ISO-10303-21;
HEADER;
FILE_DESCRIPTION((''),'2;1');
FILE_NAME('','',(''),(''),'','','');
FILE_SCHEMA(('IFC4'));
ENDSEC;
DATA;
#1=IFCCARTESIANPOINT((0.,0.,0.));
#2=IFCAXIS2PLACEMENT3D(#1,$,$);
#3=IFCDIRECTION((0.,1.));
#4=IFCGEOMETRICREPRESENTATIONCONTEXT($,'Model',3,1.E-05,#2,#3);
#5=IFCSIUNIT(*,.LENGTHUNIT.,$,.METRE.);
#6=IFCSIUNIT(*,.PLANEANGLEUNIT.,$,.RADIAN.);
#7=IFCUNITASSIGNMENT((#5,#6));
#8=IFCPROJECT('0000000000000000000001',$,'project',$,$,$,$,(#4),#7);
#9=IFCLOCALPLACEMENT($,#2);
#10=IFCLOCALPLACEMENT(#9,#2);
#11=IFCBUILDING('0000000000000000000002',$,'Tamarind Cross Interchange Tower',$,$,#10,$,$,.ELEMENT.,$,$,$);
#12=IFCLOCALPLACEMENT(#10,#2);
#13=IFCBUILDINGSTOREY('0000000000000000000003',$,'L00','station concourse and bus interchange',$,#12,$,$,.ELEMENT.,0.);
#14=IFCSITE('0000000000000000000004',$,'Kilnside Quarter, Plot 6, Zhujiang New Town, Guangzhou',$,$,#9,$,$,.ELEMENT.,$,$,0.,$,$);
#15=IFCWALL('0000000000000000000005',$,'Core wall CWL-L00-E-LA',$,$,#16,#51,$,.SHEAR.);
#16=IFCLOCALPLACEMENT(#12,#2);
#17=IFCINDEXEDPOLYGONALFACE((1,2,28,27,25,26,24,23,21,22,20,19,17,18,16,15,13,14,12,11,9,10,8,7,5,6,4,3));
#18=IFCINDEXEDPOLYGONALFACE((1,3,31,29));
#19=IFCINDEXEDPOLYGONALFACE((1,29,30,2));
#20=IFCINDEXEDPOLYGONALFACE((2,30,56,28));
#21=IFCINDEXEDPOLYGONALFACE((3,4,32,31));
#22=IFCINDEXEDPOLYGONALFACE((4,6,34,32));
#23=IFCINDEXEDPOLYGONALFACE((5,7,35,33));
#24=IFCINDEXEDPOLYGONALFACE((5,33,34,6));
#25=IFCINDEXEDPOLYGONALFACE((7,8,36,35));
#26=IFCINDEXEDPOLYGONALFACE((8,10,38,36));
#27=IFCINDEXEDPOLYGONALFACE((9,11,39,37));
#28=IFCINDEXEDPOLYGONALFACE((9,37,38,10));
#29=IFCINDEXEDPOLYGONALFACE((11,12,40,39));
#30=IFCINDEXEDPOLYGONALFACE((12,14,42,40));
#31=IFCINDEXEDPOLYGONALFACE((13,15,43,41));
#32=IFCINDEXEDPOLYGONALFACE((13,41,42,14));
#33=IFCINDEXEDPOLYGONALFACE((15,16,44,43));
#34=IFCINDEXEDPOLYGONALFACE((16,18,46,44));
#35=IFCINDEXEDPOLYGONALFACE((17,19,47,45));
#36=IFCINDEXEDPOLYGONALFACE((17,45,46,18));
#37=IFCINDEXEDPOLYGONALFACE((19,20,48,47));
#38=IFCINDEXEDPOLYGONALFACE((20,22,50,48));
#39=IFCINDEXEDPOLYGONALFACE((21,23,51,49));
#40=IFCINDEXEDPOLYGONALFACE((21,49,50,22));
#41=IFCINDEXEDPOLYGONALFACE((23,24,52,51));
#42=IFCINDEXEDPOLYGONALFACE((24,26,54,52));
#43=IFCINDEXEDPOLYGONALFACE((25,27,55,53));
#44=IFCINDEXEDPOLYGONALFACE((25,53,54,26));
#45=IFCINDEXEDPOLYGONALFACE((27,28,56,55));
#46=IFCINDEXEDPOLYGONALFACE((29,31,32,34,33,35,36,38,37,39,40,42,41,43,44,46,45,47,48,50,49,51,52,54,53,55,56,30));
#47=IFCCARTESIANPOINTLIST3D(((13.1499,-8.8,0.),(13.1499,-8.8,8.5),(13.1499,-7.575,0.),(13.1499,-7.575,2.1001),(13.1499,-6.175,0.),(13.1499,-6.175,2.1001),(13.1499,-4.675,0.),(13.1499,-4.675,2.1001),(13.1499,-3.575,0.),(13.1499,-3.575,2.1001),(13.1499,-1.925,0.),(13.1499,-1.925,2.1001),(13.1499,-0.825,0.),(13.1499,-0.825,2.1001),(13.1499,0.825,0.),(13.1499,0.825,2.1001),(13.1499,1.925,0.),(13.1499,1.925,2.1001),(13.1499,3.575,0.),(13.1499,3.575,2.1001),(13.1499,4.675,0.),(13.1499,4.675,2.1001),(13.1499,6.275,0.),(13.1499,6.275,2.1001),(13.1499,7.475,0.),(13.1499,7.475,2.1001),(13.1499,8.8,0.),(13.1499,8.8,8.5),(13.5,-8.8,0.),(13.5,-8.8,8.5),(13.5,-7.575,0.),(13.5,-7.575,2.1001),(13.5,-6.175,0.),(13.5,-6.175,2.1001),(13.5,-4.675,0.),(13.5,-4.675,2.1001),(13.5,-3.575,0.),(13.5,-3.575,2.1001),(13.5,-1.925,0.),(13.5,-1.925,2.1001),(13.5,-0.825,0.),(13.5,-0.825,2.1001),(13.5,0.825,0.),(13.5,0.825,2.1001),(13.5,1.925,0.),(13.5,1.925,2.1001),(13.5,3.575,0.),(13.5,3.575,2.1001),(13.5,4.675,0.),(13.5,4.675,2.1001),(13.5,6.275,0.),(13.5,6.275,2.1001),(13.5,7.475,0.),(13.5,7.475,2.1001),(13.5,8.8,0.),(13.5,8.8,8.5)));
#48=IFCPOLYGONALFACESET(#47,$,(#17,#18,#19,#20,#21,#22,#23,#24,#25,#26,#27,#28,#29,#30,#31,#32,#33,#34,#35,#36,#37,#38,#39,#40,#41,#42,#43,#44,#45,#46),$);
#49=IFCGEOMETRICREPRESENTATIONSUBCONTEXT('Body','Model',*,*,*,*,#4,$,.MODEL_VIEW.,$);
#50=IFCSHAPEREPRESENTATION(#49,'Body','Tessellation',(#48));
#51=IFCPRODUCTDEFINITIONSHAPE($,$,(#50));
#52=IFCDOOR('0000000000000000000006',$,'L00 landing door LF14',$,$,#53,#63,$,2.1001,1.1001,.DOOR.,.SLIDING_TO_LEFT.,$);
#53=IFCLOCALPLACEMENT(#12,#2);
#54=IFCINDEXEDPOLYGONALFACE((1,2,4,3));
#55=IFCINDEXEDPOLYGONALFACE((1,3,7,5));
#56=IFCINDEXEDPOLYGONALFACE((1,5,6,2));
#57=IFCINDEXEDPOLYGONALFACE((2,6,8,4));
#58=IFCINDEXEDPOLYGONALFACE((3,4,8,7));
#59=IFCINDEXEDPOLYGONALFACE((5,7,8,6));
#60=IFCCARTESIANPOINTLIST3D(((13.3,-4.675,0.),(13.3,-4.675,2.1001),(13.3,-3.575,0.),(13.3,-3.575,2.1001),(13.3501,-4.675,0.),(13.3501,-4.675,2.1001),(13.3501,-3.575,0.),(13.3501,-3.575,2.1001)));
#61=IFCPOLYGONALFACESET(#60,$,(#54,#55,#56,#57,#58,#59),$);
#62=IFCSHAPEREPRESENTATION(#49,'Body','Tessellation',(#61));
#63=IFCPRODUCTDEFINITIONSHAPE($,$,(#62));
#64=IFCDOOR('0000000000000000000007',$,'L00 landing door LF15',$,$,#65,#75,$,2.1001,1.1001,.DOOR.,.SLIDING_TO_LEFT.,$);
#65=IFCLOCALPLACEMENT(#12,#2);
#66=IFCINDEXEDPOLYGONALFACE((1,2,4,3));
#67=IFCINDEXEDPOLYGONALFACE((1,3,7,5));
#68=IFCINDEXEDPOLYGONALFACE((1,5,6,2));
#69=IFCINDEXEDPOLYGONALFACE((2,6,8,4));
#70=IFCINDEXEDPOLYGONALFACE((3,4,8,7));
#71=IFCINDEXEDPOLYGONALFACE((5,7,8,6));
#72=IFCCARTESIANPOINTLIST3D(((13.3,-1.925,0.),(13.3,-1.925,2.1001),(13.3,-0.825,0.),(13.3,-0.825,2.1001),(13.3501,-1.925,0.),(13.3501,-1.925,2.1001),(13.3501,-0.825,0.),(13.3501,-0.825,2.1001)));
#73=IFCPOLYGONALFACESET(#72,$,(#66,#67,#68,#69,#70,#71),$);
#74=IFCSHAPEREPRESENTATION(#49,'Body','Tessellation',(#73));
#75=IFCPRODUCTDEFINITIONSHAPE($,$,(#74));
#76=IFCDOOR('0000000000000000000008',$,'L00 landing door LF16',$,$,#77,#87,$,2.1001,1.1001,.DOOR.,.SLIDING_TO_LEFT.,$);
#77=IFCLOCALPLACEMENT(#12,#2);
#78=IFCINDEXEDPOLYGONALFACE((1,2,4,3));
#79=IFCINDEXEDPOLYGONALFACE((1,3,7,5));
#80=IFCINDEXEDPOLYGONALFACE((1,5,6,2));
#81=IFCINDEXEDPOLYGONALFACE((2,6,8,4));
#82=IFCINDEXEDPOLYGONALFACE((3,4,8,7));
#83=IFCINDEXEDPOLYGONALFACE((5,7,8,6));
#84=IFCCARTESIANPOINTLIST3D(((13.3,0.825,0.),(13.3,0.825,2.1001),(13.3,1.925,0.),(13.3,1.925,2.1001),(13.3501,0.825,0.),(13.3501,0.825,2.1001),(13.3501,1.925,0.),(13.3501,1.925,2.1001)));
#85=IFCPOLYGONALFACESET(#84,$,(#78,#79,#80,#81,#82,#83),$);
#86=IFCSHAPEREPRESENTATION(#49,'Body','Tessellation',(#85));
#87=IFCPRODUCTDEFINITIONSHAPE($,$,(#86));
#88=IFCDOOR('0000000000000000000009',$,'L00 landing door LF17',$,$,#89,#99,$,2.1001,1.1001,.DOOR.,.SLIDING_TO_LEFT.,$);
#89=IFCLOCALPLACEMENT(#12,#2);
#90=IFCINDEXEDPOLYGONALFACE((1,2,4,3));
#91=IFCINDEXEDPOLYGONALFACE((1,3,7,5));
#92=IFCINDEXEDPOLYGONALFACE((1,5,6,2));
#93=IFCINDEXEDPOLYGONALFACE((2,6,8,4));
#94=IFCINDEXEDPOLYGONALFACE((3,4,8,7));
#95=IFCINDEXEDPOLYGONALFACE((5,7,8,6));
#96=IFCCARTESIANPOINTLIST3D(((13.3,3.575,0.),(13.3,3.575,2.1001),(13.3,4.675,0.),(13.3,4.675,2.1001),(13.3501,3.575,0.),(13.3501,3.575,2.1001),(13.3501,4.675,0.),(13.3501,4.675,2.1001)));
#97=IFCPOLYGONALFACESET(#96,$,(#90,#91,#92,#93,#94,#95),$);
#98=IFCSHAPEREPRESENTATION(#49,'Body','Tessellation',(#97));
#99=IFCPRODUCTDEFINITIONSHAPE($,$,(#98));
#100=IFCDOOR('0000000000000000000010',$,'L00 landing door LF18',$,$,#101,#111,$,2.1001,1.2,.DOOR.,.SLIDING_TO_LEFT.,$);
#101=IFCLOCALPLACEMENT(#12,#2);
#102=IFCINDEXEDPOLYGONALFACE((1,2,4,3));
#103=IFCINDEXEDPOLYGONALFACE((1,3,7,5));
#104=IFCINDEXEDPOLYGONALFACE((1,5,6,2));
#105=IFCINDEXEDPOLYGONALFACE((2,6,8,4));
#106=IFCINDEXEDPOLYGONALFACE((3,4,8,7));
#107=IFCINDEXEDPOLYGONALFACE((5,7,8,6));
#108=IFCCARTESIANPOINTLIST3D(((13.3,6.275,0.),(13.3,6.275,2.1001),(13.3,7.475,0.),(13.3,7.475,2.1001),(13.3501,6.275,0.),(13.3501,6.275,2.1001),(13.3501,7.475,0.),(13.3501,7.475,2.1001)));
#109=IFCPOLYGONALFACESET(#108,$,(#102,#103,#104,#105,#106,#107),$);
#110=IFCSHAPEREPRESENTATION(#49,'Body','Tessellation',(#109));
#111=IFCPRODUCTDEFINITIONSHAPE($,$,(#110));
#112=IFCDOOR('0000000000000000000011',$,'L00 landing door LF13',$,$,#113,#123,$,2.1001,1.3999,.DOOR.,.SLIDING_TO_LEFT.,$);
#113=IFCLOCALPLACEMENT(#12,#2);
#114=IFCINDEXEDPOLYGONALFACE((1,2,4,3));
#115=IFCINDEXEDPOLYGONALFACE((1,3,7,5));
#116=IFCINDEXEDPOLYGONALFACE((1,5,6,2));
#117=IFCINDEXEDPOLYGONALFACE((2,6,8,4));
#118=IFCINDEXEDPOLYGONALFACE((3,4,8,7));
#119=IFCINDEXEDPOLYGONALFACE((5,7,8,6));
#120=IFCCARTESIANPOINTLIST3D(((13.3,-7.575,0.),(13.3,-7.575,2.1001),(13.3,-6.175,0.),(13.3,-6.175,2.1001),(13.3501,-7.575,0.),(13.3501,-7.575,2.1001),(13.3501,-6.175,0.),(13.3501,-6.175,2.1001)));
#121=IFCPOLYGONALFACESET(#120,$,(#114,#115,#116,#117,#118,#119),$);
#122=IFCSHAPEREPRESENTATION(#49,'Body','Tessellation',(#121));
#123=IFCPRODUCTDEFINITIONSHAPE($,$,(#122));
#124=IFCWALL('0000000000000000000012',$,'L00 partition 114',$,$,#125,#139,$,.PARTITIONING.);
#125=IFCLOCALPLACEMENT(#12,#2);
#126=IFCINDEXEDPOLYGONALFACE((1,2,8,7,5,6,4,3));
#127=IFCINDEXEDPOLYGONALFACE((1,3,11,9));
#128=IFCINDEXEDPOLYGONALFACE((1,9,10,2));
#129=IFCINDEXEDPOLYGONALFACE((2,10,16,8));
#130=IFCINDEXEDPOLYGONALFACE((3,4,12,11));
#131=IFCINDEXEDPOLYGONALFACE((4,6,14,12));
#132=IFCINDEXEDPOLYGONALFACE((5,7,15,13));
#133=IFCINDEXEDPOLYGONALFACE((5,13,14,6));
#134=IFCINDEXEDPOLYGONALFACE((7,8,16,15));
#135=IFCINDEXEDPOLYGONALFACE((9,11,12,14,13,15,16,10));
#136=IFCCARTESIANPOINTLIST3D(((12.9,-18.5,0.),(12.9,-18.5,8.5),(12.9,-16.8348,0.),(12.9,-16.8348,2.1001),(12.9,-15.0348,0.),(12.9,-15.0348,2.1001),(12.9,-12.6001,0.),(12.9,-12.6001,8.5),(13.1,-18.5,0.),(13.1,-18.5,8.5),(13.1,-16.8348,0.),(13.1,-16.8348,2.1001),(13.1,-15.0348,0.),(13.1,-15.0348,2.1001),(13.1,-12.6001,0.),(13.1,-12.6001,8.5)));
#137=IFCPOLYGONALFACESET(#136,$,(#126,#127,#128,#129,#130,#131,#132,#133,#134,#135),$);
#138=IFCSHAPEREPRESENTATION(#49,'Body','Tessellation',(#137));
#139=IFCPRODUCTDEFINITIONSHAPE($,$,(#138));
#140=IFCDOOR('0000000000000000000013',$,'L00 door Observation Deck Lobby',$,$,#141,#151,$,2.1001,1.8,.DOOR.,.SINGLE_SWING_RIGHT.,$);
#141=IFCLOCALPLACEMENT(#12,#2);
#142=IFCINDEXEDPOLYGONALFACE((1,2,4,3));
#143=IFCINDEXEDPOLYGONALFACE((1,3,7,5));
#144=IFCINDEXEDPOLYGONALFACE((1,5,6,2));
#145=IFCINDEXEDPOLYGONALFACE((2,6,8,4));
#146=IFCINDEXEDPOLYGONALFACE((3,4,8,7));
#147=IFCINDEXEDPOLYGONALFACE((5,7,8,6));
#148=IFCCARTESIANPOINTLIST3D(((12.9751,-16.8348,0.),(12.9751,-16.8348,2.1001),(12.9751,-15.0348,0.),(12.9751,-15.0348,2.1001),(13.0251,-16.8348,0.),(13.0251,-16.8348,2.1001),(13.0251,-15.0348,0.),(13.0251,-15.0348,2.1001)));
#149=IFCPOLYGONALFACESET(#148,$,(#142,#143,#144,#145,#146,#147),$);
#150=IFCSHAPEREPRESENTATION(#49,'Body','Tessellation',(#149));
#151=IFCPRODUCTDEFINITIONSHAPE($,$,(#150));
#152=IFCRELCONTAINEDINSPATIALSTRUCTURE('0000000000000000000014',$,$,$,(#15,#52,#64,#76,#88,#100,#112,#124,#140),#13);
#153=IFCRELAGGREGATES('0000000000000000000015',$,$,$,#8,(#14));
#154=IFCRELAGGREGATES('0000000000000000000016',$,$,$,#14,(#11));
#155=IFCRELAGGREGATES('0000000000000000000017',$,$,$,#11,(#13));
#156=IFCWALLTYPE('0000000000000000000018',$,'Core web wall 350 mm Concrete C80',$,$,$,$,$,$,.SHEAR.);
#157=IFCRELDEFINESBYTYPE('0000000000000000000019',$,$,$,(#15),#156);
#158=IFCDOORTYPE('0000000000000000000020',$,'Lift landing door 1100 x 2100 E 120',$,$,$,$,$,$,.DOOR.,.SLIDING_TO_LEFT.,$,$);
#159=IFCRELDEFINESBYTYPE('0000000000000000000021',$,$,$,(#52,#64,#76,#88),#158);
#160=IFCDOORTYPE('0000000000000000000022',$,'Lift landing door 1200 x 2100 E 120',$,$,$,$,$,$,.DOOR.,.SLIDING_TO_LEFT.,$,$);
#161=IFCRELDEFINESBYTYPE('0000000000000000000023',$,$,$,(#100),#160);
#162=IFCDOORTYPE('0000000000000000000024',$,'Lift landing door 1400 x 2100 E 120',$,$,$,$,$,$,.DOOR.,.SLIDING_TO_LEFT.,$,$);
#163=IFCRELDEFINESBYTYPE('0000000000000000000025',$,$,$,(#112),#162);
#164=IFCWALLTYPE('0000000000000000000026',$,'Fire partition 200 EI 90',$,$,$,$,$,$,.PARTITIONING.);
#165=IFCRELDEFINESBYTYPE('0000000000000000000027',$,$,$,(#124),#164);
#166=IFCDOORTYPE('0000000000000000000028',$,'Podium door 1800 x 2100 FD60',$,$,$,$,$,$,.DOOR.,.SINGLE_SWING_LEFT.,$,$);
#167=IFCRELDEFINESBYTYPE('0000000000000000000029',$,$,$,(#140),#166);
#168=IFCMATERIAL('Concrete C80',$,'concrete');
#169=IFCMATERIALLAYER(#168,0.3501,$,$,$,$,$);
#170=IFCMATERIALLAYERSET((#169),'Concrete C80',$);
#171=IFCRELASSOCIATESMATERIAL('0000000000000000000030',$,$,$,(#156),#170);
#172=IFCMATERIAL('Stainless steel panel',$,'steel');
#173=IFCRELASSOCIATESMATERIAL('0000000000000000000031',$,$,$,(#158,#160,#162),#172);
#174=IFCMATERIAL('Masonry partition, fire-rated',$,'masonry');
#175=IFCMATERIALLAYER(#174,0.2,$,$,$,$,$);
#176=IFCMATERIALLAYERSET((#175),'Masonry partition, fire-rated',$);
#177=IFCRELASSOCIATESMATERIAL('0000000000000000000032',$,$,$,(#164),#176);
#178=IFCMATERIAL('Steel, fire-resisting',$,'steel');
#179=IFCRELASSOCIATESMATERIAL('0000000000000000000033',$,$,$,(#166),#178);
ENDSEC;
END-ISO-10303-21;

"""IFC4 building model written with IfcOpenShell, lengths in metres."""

from ifc_helpers import new_model, si_unit, direction, frame, frame_2d, origin, place, context, subcontext, project, spatial, rectangle, extrude, material, layer, layer_set, type_object, element, fill, save


model = new_model("IFC4")

# Units and contexts
model_context = context("Model", 3, precision=1e-05, world=origin(), true_north=direction((0.0, 1.0)))
body_context = subcontext(model_context, "Body", "Model", "MODEL_VIEW")
ifc_project = project(units=[si_unit("LENGTHUNIT", "METRE"), si_unit("PLANEANGLEUNIT", "RADIAN")], contexts=[model_context])

# Site, building, storey
site_placement = place(None, origin())
site = spatial("IfcSite", under=ifc_project, at=site_placement, Name="Kilnside Quarter, Plot 6, Zhujiang New Town, Guangzhou", CompositionType="ELEMENT", RefElevation=0.0)
building_placement = place(site_placement, origin())
building = spatial("IfcBuilding", under=site, at=building_placement, Name="Tamarind Cross Interchange Tower", CompositionType="ELEMENT")
storey_placement = place(building_placement, origin())
storey = spatial("IfcBuildingStorey", under=building, at=storey_placement, Name="L00", Description="station concourse and bus interchange", CompositionType="ELEMENT", Elevation=0.0)

# Shared definitions
ifc_material_1 = material(Name="Concrete C80", Category="concrete")

# Wall, openings, doors
ifc_material_2 = material(Name="Steel, fire-resisting", Category="steel")
ifc_layer_1 = layer(ifc_material_1, 0.3501)
ifc_layer_set_1 = layer_set([ifc_layer_1], Name="Concrete C80")
wall_type_1 = type_object("IfcWallType", Name="Core web wall 350 mm Concrete C80", PredefinedType="SHEAR", material=ifc_layer_set_1)
wall_1_placement = place(storey_placement, frame((13.325, -8.8, 0.0), z_axis=(0.0, 0.0, 1.0), x_axis=(0.0, 1.0, 0.0)))
wall_1 = element("IfcWall", 1, at=wall_1_placement, inside=storey, type_object=wall_type_1, Name="Core wall CWL-L00-E-LA", PredefinedType="SHEAR", context=body_context, shape_type="SweptSolid", body=[
    extrude(rectangle(XDim=17.6001, YDim=0.3501, at=frame_2d((8.8, 0.0))), origin(), (0.0, 0.0, 1.0), 8.5),
])
opening_1_placement = place(wall_1_placement, frame((1.2251, 0.0, 0.0)))
opening_1 = element("IfcOpeningElement", 2, at=opening_1_placement, cuts=wall_1, PredefinedType="OPENING", context=body_context, shape_type="SweptSolid", body=[
    extrude(rectangle(XDim=1.3999, YDim=2.1001, at=frame_2d((0.7, 1.05))), frame((0.0, 0.1851, 0.0), z_axis=(0.0, -1.0, 0.0), x_axis=(1.0, 0.0, 0.0)), (0.0, 0.0, 1.0), 0.3701),
])
opening_2_placement = place(wall_1_placement, frame((4.125, 0.0, 0.0)))
opening_2 = element("IfcOpeningElement", 3, at=opening_2_placement, cuts=wall_1, PredefinedType="OPENING", context=body_context, shape_type="SweptSolid", body=[
    extrude(rectangle(XDim=1.1001, YDim=2.1001, at=frame_2d((0.55, 1.05))), frame((0.0, 0.1851, 0.0), z_axis=(0.0, -1.0, 0.0), x_axis=(1.0, 0.0, 0.0)), (0.0, 0.0, 1.0), 0.3701),
])
opening_3_placement = place(wall_1_placement, frame((6.875, 0.0, 0.0)))
opening_3 = element("IfcOpeningElement", 4, at=opening_3_placement, cuts=wall_1, PredefinedType="OPENING", context=body_context, shape_type="SweptSolid", body=[
    extrude(rectangle(XDim=1.1001, YDim=2.1001, at=frame_2d((0.55, 1.05))), frame((0.0, 0.1851, 0.0), z_axis=(0.0, -1.0, 0.0), x_axis=(1.0, 0.0, 0.0)), (0.0, 0.0, 1.0), 0.3701),
])
opening_4_placement = place(wall_1_placement, frame((9.625, 0.0, 0.0)))
opening_4 = element("IfcOpeningElement", 5, at=opening_4_placement, cuts=wall_1, PredefinedType="OPENING", context=body_context, shape_type="SweptSolid", body=[
    extrude(rectangle(XDim=1.1001, YDim=2.1001, at=frame_2d((0.55, 1.05))), frame((0.0, 0.1851, 0.0), z_axis=(0.0, -1.0, 0.0), x_axis=(1.0, 0.0, 0.0)), (0.0, 0.0, 1.0), 0.3701),
])
opening_5_placement = place(wall_1_placement, frame((12.375, 0.0, 0.0)))
opening_5 = element("IfcOpeningElement", 6, at=opening_5_placement, cuts=wall_1, PredefinedType="OPENING", context=body_context, shape_type="SweptSolid", body=[
    extrude(rectangle(XDim=1.1001, YDim=2.1001, at=frame_2d((0.55, 1.05))), frame((0.0, 0.1851, 0.0), z_axis=(0.0, -1.0, 0.0), x_axis=(1.0, 0.0, 0.0)), (0.0, 0.0, 1.0), 0.3701),
])
opening_6_placement = place(wall_1_placement, frame((15.075, 0.0, 0.0)))
opening_6 = element("IfcOpeningElement", 7, at=opening_6_placement, cuts=wall_1, PredefinedType="OPENING", context=body_context, shape_type="SweptSolid", body=[
    extrude(rectangle(XDim=1.2, YDim=2.1001, at=frame_2d((0.6001, 1.05))), frame((0.0, 0.1851, 0.0), z_axis=(0.0, -1.0, 0.0), x_axis=(1.0, 0.0, 0.0)), (0.0, 0.0, 1.0), 0.3701),
])
ifc_material_3 = material(Name="Stainless steel panel", Category="steel")
door_type_1 = type_object("IfcDoorType", Name="Lift landing door 1100 x 2100 E 120", OperationType="SLIDING_TO_LEFT", PredefinedType="DOOR", material=ifc_material_3)
door_1_placement = place(opening_2_placement, origin())
door_1 = element("IfcDoor", 8, at=door_1_placement, inside=storey, type_object=door_type_1, Name="L00 landing door LF14", OperationType="SLIDING_TO_LEFT", OverallHeight=2.1001, OverallWidth=1.1001, PredefinedType="DOOR", context=body_context, shape_type="SweptSolid", body=[
    extrude(rectangle(XDim=1.1001, YDim=2.1001, at=frame_2d((0.55, 1.05))), frame((0.0, 0.0249, 0.0), z_axis=(0.0, -1.0, 0.0), x_axis=(1.0, 0.0, 0.0)), (0.0, 0.0, 1.0), 0.05),
])
fill(opening_2, door_1)
door_2_placement = place(opening_3_placement, origin())
door_2 = element("IfcDoor", 9, at=door_2_placement, inside=storey, type_object=door_type_1, Name="L00 landing door LF15", OperationType="SLIDING_TO_LEFT", OverallHeight=2.1001, OverallWidth=1.1001, PredefinedType="DOOR", context=body_context, shape_type="SweptSolid", body=[
    extrude(rectangle(XDim=1.1001, YDim=2.1001, at=frame_2d((0.55, 1.05))), frame((0.0, 0.0249, 0.0), z_axis=(0.0, -1.0, 0.0), x_axis=(1.0, 0.0, 0.0)), (0.0, 0.0, 1.0), 0.05),
])
fill(opening_3, door_2)
door_3_placement = place(opening_4_placement, origin())
door_3 = element("IfcDoor", 10, at=door_3_placement, inside=storey, type_object=door_type_1, Name="L00 landing door LF16", OperationType="SLIDING_TO_LEFT", OverallHeight=2.1001, OverallWidth=1.1001, PredefinedType="DOOR", context=body_context, shape_type="SweptSolid", body=[
    extrude(rectangle(XDim=1.1001, YDim=2.1001, at=frame_2d((0.55, 1.05))), frame((0.0, 0.0249, 0.0), z_axis=(0.0, -1.0, 0.0), x_axis=(1.0, 0.0, 0.0)), (0.0, 0.0, 1.0), 0.05),
])
fill(opening_4, door_3)
door_4_placement = place(opening_5_placement, origin())
door_4 = element("IfcDoor", 11, at=door_4_placement, inside=storey, type_object=door_type_1, Name="L00 landing door LF17", OperationType="SLIDING_TO_LEFT", OverallHeight=2.1001, OverallWidth=1.1001, PredefinedType="DOOR", context=body_context, shape_type="SweptSolid", body=[
    extrude(rectangle(XDim=1.1001, YDim=2.1001, at=frame_2d((0.55, 1.05))), frame((0.0, 0.0249, 0.0), z_axis=(0.0, -1.0, 0.0), x_axis=(1.0, 0.0, 0.0)), (0.0, 0.0, 1.0), 0.05),
])
fill(opening_5, door_4)
door_type_2 = type_object("IfcDoorType", Name="Lift landing door 1200 x 2100 E 120", OperationType="SLIDING_TO_LEFT", PredefinedType="DOOR", material=ifc_material_3)
door_5_placement = place(opening_6_placement, origin())
door_5 = element("IfcDoor", 12, at=door_5_placement, inside=storey, type_object=door_type_2, Name="L00 landing door LF18", OperationType="SLIDING_TO_LEFT", OverallHeight=2.1001, OverallWidth=1.2, PredefinedType="DOOR", context=body_context, shape_type="SweptSolid", body=[
    extrude(rectangle(XDim=1.2, YDim=2.1001, at=frame_2d((0.6001, 1.05))), frame((0.0, 0.0249, 0.0), z_axis=(0.0, -1.0, 0.0), x_axis=(1.0, 0.0, 0.0)), (0.0, 0.0, 1.0), 0.05),
])
fill(opening_6, door_5)
door_type_3 = type_object("IfcDoorType", Name="Lift landing door 1400 x 2100 E 120", OperationType="SLIDING_TO_LEFT", PredefinedType="DOOR", material=ifc_material_3)
door_6_placement = place(opening_1_placement, origin())
door_6 = element("IfcDoor", 13, at=door_6_placement, inside=storey, type_object=door_type_3, Name="L00 landing door LF13", OperationType="SLIDING_TO_LEFT", OverallHeight=2.1001, OverallWidth=1.3999, PredefinedType="DOOR", context=body_context, shape_type="SweptSolid", body=[
    extrude(rectangle(XDim=1.3999, YDim=2.1001, at=frame_2d((0.7, 1.05))), frame((0.0, 0.0249, 0.0), z_axis=(0.0, -1.0, 0.0), x_axis=(1.0, 0.0, 0.0)), (0.0, 0.0, 1.0), 0.05),
])
fill(opening_1, door_6)

# Wall, opening, door
ifc_material_4 = material(Name="Masonry partition, fire-rated", Category="masonry")
ifc_layer_2 = layer(ifc_material_4, 0.2)
ifc_layer_set_2 = layer_set([ifc_layer_2], Name="Masonry partition, fire-rated")
wall_type_2 = type_object("IfcWallType", Name="Fire partition 200 EI 90", PredefinedType="PARTITIONING", material=ifc_layer_set_2)
wall_2_placement = place(storey_placement, frame((13.0, -18.5, 0.0), z_axis=(0.0, 0.0, 1.0), x_axis=(0.0, 1.0, 0.0)))
wall_2 = element("IfcWall", 14, at=wall_2_placement, inside=storey, type_object=wall_type_2, Name="L00 partition 114", PredefinedType="PARTITIONING", context=body_context, shape_type="SweptSolid", body=[
    extrude(rectangle(XDim=5.8999, YDim=0.2, at=frame_2d((2.95, 0.0))), origin(), (0.0, 0.0, 1.0), 8.5),
])
opening_7_placement = place(wall_2_placement, frame((1.6653, 0.0, 0.0)))
opening_7 = element("IfcOpeningElement", 15, at=opening_7_placement, cuts=wall_2, PredefinedType="OPENING", context=body_context, shape_type="SweptSolid", body=[
    extrude(rectangle(XDim=1.8, YDim=2.1001, at=frame_2d((0.8999, 1.05))), frame((0.0, 0.1099, 0.0), z_axis=(0.0, -1.0, 0.0), x_axis=(1.0, 0.0, 0.0)), (0.0, 0.0, 1.0), 0.22),
])
door_type_4 = type_object("IfcDoorType", Name="Podium door 1800 x 2100 FD60", OperationType="SINGLE_SWING_LEFT", PredefinedType="DOOR", material=ifc_material_2)
door_7_placement = place(opening_7_placement, origin())
door_7 = element("IfcDoor", 16, at=door_7_placement, inside=storey, type_object=door_type_4, Name="L00 door Observation Deck Lobby", OperationType="SINGLE_SWING_RIGHT", OverallHeight=2.1001, OverallWidth=1.8, PredefinedType="DOOR", context=body_context, shape_type="SweptSolid", body=[
    extrude(rectangle(XDim=1.8, YDim=2.1001, at=frame_2d((0.8999, 1.05))), frame((0.0, 0.0249, 0.0), z_axis=(0.0, -1.0, 0.0), x_axis=(1.0, 0.0, 0.0)), (0.0, 0.0, 1.0), 0.05),
])
fill(opening_7, door_7)

save(model, "model.ifc")
